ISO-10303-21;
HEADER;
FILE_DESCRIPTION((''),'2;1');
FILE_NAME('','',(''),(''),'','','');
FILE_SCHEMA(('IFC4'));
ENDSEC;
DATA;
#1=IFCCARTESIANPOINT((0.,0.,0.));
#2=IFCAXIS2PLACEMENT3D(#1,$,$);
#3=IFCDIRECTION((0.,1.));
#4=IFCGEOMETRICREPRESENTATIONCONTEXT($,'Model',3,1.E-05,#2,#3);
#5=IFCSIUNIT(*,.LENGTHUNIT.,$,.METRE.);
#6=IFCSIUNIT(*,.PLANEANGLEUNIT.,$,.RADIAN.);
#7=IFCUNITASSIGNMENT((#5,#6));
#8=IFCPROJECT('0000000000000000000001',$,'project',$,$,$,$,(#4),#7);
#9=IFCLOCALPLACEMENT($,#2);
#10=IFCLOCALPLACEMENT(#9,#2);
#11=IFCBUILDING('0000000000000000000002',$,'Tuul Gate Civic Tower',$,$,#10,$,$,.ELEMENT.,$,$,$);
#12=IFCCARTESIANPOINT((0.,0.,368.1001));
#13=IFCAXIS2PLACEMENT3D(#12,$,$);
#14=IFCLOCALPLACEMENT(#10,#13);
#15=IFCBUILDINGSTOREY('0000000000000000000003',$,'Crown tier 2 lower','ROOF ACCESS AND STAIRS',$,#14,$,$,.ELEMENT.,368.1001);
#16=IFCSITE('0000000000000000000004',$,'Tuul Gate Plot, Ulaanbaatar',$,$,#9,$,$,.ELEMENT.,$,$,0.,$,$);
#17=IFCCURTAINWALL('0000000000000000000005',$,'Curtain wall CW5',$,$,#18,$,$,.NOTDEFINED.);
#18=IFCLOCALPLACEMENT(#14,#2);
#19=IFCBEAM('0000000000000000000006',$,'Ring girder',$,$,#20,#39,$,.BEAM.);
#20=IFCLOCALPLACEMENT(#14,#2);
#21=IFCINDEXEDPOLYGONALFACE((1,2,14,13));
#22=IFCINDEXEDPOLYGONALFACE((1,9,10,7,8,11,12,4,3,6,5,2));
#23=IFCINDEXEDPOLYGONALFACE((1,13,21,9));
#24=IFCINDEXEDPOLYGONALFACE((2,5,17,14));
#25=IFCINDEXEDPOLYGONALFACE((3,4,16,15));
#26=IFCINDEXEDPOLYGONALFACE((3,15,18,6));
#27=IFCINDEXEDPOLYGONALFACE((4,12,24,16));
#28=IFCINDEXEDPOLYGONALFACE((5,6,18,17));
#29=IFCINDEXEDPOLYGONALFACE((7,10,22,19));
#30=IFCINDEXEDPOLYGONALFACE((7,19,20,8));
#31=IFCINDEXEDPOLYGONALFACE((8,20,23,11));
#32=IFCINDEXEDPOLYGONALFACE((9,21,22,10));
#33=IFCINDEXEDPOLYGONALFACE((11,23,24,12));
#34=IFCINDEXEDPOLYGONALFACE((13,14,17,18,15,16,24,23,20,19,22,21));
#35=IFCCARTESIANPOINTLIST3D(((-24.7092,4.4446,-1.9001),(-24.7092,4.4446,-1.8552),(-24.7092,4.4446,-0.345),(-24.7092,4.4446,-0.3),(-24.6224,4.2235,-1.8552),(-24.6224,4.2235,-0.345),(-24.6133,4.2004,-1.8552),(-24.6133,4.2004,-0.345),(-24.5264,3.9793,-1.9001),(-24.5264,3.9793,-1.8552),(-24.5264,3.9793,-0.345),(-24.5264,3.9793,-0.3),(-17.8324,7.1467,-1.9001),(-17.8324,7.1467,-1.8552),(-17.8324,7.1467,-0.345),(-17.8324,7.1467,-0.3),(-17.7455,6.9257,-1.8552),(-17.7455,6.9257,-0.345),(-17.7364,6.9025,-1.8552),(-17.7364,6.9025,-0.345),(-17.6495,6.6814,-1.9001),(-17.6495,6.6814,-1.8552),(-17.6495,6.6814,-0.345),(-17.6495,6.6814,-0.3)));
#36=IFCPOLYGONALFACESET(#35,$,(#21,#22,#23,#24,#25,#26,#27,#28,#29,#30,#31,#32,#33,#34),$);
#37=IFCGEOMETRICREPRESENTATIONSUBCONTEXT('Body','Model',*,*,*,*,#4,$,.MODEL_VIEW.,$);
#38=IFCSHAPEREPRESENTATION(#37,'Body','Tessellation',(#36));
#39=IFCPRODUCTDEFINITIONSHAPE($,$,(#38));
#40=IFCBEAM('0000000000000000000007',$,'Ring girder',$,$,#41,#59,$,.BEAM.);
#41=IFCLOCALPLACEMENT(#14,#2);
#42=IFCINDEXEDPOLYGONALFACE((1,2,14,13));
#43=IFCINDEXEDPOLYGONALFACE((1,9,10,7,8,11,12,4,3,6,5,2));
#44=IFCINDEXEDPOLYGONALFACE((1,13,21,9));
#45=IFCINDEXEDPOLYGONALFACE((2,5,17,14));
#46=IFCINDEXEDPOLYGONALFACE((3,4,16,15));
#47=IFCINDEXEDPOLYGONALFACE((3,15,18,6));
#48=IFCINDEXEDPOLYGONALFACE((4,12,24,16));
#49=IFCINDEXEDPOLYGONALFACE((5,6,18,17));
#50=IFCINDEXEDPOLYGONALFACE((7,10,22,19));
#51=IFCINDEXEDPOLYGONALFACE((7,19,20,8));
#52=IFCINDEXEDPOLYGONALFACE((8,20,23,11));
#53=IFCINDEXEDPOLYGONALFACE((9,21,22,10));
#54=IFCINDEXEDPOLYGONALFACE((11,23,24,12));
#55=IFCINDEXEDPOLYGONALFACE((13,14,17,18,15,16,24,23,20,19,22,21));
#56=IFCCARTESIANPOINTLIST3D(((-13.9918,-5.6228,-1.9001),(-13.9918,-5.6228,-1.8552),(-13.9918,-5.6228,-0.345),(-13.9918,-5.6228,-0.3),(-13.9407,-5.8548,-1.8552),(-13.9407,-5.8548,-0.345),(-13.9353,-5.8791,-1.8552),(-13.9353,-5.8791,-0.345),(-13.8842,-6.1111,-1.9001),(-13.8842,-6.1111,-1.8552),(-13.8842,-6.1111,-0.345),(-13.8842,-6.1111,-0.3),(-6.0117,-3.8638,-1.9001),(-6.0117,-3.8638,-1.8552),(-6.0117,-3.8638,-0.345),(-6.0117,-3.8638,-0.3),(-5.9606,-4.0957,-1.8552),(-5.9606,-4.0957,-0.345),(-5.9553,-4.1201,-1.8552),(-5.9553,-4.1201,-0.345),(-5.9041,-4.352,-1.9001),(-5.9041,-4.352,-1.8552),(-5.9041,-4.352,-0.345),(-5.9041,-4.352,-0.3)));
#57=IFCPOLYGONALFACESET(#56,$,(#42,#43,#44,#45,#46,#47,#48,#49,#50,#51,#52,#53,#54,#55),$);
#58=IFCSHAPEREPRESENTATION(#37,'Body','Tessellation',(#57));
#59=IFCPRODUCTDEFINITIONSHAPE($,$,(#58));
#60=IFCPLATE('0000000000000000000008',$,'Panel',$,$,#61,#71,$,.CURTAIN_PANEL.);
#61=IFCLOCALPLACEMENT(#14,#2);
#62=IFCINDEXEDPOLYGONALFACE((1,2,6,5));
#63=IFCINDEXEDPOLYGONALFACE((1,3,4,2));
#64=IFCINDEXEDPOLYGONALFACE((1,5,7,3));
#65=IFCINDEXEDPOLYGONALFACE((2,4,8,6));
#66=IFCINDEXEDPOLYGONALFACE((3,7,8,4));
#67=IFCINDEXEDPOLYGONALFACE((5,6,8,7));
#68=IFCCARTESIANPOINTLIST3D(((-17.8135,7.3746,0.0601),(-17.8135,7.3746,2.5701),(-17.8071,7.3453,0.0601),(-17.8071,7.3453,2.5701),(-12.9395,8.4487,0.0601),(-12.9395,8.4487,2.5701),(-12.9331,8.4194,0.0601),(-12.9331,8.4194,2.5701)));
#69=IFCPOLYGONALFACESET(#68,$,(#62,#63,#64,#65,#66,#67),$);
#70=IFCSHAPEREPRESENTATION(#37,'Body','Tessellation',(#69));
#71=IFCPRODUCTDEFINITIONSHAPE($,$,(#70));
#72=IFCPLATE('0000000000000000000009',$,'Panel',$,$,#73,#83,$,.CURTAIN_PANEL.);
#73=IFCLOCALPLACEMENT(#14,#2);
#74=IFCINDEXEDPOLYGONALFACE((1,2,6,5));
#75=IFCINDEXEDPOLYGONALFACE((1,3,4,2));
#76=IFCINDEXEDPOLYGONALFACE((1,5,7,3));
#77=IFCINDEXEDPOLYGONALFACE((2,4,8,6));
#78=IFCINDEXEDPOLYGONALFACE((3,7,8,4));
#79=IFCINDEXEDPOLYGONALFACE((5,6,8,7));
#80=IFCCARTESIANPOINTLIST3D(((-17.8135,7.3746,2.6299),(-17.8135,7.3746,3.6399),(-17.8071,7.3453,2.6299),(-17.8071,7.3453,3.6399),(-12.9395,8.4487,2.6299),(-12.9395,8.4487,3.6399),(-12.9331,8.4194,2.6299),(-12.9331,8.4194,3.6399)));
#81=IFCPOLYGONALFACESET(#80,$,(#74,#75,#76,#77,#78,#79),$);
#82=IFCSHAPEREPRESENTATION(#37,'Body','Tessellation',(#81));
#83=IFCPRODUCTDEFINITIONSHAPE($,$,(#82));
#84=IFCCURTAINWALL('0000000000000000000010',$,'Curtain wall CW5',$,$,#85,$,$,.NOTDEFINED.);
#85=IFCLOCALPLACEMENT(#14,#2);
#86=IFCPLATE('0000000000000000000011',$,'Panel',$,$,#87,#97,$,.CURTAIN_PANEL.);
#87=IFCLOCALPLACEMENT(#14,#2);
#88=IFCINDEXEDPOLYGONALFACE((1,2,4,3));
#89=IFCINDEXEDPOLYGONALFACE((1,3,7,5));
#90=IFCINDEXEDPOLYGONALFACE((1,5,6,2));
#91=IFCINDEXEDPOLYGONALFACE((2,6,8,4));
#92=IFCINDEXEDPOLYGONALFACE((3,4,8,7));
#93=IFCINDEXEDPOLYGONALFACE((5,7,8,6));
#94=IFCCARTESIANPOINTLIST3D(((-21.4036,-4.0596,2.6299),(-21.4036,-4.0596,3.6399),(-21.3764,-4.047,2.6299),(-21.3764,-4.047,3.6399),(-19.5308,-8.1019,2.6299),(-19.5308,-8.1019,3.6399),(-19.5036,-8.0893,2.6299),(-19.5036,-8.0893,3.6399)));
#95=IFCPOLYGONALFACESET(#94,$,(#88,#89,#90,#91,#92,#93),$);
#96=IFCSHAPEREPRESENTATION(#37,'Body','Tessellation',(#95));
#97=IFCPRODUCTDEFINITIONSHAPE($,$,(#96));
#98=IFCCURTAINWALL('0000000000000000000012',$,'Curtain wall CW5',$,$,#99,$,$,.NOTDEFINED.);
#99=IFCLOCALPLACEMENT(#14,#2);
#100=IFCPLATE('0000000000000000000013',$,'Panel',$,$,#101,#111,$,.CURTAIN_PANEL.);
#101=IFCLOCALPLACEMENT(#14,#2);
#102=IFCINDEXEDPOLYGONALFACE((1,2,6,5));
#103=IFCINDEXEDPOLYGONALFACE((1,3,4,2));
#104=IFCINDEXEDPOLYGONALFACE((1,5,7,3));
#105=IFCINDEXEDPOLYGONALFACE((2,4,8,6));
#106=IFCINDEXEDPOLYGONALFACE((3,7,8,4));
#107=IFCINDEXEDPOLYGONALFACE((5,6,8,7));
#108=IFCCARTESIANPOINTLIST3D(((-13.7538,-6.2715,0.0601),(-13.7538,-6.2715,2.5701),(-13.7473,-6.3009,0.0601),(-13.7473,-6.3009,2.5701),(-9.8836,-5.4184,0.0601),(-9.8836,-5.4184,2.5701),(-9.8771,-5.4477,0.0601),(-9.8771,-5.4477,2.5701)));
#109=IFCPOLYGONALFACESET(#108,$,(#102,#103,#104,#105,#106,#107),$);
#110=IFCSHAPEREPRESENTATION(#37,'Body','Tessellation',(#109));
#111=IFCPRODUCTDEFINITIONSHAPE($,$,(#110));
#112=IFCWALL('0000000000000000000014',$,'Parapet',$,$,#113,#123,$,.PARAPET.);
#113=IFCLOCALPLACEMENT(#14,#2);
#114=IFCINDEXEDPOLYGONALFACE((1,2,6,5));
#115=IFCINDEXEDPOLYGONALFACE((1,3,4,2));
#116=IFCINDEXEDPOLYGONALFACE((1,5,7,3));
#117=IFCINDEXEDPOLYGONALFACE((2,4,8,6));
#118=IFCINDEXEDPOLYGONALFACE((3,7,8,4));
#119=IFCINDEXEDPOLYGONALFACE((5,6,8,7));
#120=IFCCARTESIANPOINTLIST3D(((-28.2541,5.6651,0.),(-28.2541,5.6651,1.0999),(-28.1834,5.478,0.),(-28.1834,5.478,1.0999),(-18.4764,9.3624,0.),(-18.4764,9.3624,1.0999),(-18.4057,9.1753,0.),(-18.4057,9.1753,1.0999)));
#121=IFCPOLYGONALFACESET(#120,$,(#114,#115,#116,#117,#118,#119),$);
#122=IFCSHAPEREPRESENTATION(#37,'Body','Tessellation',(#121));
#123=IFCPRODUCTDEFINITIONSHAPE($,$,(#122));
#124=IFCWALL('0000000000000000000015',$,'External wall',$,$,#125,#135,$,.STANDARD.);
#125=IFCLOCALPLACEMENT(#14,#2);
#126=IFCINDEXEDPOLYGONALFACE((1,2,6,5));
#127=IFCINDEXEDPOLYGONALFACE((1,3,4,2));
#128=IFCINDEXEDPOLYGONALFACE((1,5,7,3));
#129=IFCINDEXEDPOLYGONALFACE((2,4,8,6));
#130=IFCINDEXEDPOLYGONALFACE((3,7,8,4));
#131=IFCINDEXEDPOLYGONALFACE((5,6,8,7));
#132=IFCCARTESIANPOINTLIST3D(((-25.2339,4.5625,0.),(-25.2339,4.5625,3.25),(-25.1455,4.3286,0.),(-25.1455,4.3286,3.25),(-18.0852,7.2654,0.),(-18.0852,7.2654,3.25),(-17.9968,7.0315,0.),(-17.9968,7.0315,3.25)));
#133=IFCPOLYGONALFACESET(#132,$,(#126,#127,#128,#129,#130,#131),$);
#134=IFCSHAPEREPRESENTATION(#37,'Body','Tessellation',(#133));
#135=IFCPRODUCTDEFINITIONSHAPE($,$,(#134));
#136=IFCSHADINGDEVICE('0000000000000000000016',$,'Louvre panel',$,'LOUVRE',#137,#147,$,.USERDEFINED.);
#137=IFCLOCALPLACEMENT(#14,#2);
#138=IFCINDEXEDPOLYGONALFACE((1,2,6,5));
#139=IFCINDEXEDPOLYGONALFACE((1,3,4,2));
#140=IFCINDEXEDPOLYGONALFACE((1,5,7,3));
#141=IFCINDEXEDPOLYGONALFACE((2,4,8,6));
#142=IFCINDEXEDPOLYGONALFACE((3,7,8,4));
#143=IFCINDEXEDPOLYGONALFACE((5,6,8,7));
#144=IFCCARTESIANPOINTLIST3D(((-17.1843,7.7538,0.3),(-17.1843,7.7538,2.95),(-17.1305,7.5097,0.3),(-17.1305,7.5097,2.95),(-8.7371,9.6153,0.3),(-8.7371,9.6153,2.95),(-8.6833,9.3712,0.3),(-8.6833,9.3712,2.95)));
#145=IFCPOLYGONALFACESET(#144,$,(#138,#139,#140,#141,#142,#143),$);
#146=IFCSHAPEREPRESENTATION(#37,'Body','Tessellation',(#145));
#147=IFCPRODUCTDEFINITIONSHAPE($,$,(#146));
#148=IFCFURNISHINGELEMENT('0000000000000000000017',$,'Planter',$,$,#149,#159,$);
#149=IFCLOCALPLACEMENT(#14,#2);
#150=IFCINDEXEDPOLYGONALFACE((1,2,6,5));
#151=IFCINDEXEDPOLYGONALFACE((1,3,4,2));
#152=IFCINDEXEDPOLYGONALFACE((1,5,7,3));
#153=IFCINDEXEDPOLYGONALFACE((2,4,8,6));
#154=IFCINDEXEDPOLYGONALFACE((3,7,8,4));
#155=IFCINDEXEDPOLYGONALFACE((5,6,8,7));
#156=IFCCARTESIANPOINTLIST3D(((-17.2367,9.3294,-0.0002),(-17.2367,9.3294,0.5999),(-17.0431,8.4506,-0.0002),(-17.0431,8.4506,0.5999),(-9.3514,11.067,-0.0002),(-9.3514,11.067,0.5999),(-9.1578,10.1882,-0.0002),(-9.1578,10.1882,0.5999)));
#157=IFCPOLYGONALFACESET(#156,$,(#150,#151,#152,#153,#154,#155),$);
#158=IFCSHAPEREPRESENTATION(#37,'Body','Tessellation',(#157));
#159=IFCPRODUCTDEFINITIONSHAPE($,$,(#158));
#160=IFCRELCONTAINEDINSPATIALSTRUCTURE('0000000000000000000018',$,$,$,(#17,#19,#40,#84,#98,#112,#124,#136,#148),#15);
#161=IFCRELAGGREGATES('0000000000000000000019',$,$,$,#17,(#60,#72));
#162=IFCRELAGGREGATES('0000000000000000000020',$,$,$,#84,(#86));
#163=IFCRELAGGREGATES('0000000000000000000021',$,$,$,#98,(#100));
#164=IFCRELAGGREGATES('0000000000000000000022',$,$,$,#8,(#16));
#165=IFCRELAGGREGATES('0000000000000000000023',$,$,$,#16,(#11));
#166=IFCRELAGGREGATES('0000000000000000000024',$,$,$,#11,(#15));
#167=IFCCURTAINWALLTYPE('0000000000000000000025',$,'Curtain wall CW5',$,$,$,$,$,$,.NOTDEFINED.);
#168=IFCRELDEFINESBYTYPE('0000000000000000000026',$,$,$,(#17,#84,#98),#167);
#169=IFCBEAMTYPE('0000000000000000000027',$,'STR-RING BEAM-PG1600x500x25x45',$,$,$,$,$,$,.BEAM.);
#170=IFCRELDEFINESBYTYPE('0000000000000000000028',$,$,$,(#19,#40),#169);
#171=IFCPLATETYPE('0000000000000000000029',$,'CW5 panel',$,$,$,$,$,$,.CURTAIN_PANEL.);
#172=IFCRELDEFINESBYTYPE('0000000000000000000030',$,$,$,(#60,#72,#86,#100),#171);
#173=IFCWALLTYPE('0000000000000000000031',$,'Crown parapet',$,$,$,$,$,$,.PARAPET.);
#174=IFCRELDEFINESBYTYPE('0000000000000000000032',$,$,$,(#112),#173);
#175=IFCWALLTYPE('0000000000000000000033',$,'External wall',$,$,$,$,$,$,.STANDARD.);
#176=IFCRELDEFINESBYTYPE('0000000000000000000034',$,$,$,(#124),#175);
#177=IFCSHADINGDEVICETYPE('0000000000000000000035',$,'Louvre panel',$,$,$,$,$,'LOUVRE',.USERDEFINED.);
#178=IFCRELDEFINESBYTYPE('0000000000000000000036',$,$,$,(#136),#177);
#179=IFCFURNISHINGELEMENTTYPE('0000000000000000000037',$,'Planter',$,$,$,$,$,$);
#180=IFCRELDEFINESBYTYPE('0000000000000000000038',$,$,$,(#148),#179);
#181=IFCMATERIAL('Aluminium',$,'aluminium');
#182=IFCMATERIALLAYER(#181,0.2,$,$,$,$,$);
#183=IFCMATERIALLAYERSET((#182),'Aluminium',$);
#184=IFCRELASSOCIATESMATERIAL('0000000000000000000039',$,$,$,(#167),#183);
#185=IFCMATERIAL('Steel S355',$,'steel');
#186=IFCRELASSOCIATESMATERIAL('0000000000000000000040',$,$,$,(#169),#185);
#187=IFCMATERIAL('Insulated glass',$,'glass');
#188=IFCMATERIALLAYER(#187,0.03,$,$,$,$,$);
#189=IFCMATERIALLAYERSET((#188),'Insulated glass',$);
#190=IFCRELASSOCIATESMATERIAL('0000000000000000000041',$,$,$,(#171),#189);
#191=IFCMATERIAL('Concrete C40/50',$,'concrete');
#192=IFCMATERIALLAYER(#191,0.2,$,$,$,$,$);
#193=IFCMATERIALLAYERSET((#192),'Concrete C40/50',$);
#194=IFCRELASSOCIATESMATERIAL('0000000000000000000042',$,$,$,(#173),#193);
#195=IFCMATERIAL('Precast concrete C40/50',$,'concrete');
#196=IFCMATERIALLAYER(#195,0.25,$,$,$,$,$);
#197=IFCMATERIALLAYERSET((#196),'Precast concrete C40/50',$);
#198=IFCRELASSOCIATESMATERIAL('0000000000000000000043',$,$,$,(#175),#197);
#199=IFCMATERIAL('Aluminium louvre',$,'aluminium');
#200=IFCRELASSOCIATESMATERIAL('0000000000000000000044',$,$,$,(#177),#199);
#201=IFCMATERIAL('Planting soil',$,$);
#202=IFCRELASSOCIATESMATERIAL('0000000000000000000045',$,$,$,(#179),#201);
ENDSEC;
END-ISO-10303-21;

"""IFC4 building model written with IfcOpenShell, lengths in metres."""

from ifc_helpers import new_model, si_unit, direction, frame, frame_2d, origin, origin_2d, place, context, subcontext, project, spatial, rectangle, i_section, extrude, material, layer, layer_set, material_profile, profile_set, type_object, element, aggregate, save


model = new_model("IFC4")

# Units and contexts
model_context = context("Model", 3, precision=1e-05, world=origin(), true_north=direction((0.0, 1.0)))
body_context = subcontext(model_context, "Body", "Model", "MODEL_VIEW")
ifc_project = project(units=[si_unit("LENGTHUNIT", "METRE"), si_unit("PLANEANGLEUNIT", "RADIAN")], contexts=[model_context])

# Site, building, storey
site_placement = place(None, origin())
site = spatial("IfcSite", under=ifc_project, at=site_placement, Name="Tuul Gate Plot, Ulaanbaatar", CompositionType="ELEMENT", RefElevation=0.0)
building_placement = place(site_placement, origin())
building = spatial("IfcBuilding", under=site, at=building_placement, Name="Tuul Gate Civic Tower", CompositionType="ELEMENT")
storey_placement = place(building_placement, frame((0.0, 0.0, 368.1001)))
storey = spatial("IfcBuildingStorey", under=building, at=storey_placement, Name="Crown tier 2 lower", Description="ROOF ACCESS AND STAIRS", CompositionType="ELEMENT", Elevation=368.1001)

# Curtain wall
ifc_material_1 = material(Name="Aluminium", Category="aluminium")
ifc_layer_1 = layer(ifc_material_1, 0.2)
ifc_layer_set_1 = layer_set([ifc_layer_1], Name="Aluminium")
curtain_wall_type = type_object("IfcCurtainWallType", Name="Curtain wall CW5", PredefinedType="NOTDEFINED", material=ifc_layer_set_1)
curtain_wall_1_placement = place(storey_placement, origin())
curtain_wall_1 = element("IfcCurtainWall", 1, at=curtain_wall_1_placement, inside=storey, type_object=curtain_wall_type, Name="Curtain wall CW5", PredefinedType="NOTDEFINED")

# Beams
ifc_material_2 = material(Name="Steel S355", Category="steel")
ifc_material_profile_1 = material_profile(ifc_material_2, i_section(OverallWidth=0.5, OverallDepth=1.6001, WebThickness=0.0249, FlangeThickness=0.0449, at=origin_2d()), Name="PG1600x500x25x45")
ifc_profile_set_1 = profile_set([ifc_material_profile_1], Name="Steel S355")
beam_type_1 = type_object("IfcBeamType", Name="STR-RING BEAM-PG1600x500x25x45", PredefinedType="BEAM", material=ifc_profile_set_1)
beam_1_placement = place(storey_placement, frame((-17.741, 6.9141, -1.1001), z_axis=(-0.930729, -0.36571, 0.0), x_axis=(0.36571, -0.930729, 0.0)))
element("IfcBeam", 2, at=beam_1_placement, inside=storey, type_object=beam_type_1, Name="Ring girder", PredefinedType="BEAM", context=body_context, shape_type="SweptSolid", body=[
    extrude(i_section(OverallWidth=0.5, OverallDepth=1.6001, WebThickness=0.0249, FlangeThickness=0.0449, at=origin_2d()), origin(), (0.0, 0.0, 1.0), 7.3887),
])
beam_2_placement = place(storey_placement, frame((-13.938, -5.8669, -1.1001), z_axis=(0.976556, 0.215263, 0.0), x_axis=(-0.215263, 0.976556, 0.0)))
element("IfcBeam", 3, at=beam_2_placement, inside=storey, type_object=beam_type_1, Name="Ring girder", PredefinedType="BEAM", context=body_context, shape_type="SweptSolid", body=[
    extrude(i_section(OverallWidth=0.5, OverallDepth=1.6001, WebThickness=0.0249, FlangeThickness=0.0449, at=origin_2d()), origin(), (0.0, 0.0, 1.0), 8.1716),
])

# Plates
ifc_material_3 = material(Name="Insulated glass", Category="glass")
ifc_layer_2 = layer(ifc_material_3, 0.03)
ifc_layer_set_2 = layer_set([ifc_layer_2], Name="Insulated glass")
plate_type = type_object("IfcPlateType", Name="CW5 panel", PredefinedType="CURTAIN_PANEL", material=ifc_layer_set_2)
plate_1_placement = place(storey_placement, frame((-15.3733, 7.897, 0.0601), z_axis=(0.0, 0.0, 1.0), x_axis=(-0.976568, -0.215211, 0.0)))
plate_1 = element("IfcPlate", 4, at=plate_1_placement, type_object=plate_type, Name="Panel", PredefinedType="CURTAIN_PANEL", context=body_context, shape_type="SweptSolid", body=[
    extrude(rectangle(XDim=4.991, YDim=0.03, at=origin_2d()), origin(), (0.0, 0.0, 1.0), 2.51),
])
plate_2_placement = place(storey_placement, frame((-15.3733, 7.897, 2.6299), z_axis=(0.0, 0.0, 1.0), x_axis=(-0.976568, -0.215211, 0.0)))
plate_2 = element("IfcPlate", 5, at=plate_2_placement, type_object=plate_type, Name="Panel", PredefinedType="CURTAIN_PANEL", context=body_context, shape_type="SweptSolid", body=[
    extrude(rectangle(XDim=4.991, YDim=0.03, at=origin_2d()), origin(), (0.0, 0.0, 1.0), 1.01),
])
aggregate(curtain_wall_1, [plate_1, plate_2])

# Curtain walls, plates
curtain_wall_2_placement = place(storey_placement, origin())
curtain_wall_2 = element("IfcCurtainWall", 6, at=curtain_wall_2_placement, inside=storey, type_object=curtain_wall_type, Name="Curtain wall CW5", PredefinedType="NOTDEFINED")
plate_3_placement = place(storey_placement, frame((-20.4536, -6.0745, 2.6299), z_axis=(0.0, 0.0, 1.0), x_axis=(0.420379, -0.907349, 0.0)))
plate_3 = element("IfcPlate", 7, at=plate_3_placement, type_object=plate_type, Name="Panel", PredefinedType="CURTAIN_PANEL", context=body_context, shape_type="SweptSolid", body=[
    extrude(rectangle(XDim=4.4551, YDim=0.03, at=origin_2d()), origin(), (0.0, 0.0, 1.0), 1.01),
])
aggregate(curtain_wall_2, [plate_3])
curtain_wall_3_placement = place(storey_placement, origin())
curtain_wall_3 = element("IfcCurtainWall", 8, at=curtain_wall_3_placement, inside=storey, type_object=curtain_wall_type, Name="Curtain wall CW5", PredefinedType="NOTDEFINED")
plate_4_placement = place(storey_placement, frame((-11.8154, -5.8596, 0.0601), z_axis=(0.0, 0.0, 1.0), x_axis=(0.976554, 0.215271, 0.0)))
plate_4 = element("IfcPlate", 9, at=plate_4_placement, type_object=plate_type, Name="Panel", PredefinedType="CURTAIN_PANEL", context=body_context, shape_type="SweptSolid", body=[
    extrude(rectangle(XDim=3.9631, YDim=0.03, at=origin_2d()), origin(), (0.0, 0.0, 1.0), 2.51),
])
aggregate(curtain_wall_3, [plate_4])

# Walls
ifc_material_4 = material(Name="Concrete C40/50", Category="concrete")
ifc_layer_3 = layer(ifc_material_4, 0.2)
ifc_layer_set_3 = layer_set([ifc_layer_3], Name="Concrete C40/50")
wall_type_1 = type_object("IfcWallType", Name="Crown parapet", PredefinedType="PARAPET", material=ifc_layer_set_3)
wall_1_placement = place(storey_placement, frame((-18.4412, 9.2688, 0.0), z_axis=(0.0, 0.0, 1.0), x_axis=(-0.935361, -0.353694, 0.0)))
element("IfcWall", 10, at=wall_1_placement, inside=storey, type_object=wall_type_1, Name="Parapet", PredefinedType="PARAPET", context=body_context, shape_type="SweptSolid", body=[
    extrude(rectangle(XDim=10.4534, YDim=0.2, at=frame_2d((5.2266, 0.0))), origin(), (0.0, 0.0, 1.0), 1.0999),
])
ifc_material_5 = material(Name="Precast concrete C40/50", Category="concrete")
ifc_layer_4 = layer(ifc_material_5, 0.25)
ifc_layer_set_4 = layer_set([ifc_layer_4], Name="Precast concrete C40/50")
wall_type_2 = type_object("IfcWallType", Name="External wall", PredefinedType="STANDARD", material=ifc_layer_set_4)
wall_2_placement = place(storey_placement, frame((-18.041, 7.1484, 0.0), z_axis=(0.0, 0.0, 1.0), x_axis=(-0.935374, -0.35366, 0.0)))
element("IfcWall", 11, at=wall_2_placement, inside=storey, type_object=wall_type_2, Name="External wall", PredefinedType="STANDARD", context=body_context, shape_type="SweptSolid", body=[
    extrude(rectangle(XDim=7.6426, YDim=0.25, at=frame_2d((3.8213, 0.0))), origin(), (0.0, 0.0, 1.0), 3.25),
])

# Shading device
ifc_material_6 = material(Name="Aluminium louvre", Category="aluminium")
shading_device_type = type_object("IfcShadingDeviceType", Name="Louvre panel", ElementType="LOUVRE", PredefinedType="USERDEFINED", material=ifc_material_6)
shading_device_placement = place(storey_placement, frame((-12.9338, 8.5625, 0.3), z_axis=(0.0, 0.0, 1.0), x_axis=(-0.215211, 0.976568, 0.0)))
element("IfcShadingDevice", 12, at=shading_device_placement, inside=storey, type_object=shading_device_type, Name="Louvre panel", ObjectType="LOUVRE", PredefinedType="USERDEFINED", context=body_context, shape_type="SweptSolid", body=[
    extrude(rectangle(XDim=0.25, YDim=8.6499, at=origin_2d()), origin(), (0.0, 0.0, 1.0), 2.6499),
])

# Furnishing element
ifc_material_7 = material(Name="Planting soil")
furnishing_element_type = type_object("IfcFurnishingElementType", Name="Planter", material=ifc_material_7)
furnishing_placement = place(storey_placement, frame((-13.1973, 9.7588, -0.0002), z_axis=(0.0, 0.0, 1.0), x_axis=(-0.976572, -0.215191, 0.0)))
element("IfcFurnishingElement", 13, at=furnishing_placement, inside=storey, type_object=furnishing_element_type, Name="Planter", context=body_context, shape_type="SweptSolid", body=[
    extrude(rectangle(XDim=8.0745, YDim=0.8999, at=origin_2d()), origin(), (0.0, 0.0, 1.0), 0.6001),
])

save(model, "model.ifc")
